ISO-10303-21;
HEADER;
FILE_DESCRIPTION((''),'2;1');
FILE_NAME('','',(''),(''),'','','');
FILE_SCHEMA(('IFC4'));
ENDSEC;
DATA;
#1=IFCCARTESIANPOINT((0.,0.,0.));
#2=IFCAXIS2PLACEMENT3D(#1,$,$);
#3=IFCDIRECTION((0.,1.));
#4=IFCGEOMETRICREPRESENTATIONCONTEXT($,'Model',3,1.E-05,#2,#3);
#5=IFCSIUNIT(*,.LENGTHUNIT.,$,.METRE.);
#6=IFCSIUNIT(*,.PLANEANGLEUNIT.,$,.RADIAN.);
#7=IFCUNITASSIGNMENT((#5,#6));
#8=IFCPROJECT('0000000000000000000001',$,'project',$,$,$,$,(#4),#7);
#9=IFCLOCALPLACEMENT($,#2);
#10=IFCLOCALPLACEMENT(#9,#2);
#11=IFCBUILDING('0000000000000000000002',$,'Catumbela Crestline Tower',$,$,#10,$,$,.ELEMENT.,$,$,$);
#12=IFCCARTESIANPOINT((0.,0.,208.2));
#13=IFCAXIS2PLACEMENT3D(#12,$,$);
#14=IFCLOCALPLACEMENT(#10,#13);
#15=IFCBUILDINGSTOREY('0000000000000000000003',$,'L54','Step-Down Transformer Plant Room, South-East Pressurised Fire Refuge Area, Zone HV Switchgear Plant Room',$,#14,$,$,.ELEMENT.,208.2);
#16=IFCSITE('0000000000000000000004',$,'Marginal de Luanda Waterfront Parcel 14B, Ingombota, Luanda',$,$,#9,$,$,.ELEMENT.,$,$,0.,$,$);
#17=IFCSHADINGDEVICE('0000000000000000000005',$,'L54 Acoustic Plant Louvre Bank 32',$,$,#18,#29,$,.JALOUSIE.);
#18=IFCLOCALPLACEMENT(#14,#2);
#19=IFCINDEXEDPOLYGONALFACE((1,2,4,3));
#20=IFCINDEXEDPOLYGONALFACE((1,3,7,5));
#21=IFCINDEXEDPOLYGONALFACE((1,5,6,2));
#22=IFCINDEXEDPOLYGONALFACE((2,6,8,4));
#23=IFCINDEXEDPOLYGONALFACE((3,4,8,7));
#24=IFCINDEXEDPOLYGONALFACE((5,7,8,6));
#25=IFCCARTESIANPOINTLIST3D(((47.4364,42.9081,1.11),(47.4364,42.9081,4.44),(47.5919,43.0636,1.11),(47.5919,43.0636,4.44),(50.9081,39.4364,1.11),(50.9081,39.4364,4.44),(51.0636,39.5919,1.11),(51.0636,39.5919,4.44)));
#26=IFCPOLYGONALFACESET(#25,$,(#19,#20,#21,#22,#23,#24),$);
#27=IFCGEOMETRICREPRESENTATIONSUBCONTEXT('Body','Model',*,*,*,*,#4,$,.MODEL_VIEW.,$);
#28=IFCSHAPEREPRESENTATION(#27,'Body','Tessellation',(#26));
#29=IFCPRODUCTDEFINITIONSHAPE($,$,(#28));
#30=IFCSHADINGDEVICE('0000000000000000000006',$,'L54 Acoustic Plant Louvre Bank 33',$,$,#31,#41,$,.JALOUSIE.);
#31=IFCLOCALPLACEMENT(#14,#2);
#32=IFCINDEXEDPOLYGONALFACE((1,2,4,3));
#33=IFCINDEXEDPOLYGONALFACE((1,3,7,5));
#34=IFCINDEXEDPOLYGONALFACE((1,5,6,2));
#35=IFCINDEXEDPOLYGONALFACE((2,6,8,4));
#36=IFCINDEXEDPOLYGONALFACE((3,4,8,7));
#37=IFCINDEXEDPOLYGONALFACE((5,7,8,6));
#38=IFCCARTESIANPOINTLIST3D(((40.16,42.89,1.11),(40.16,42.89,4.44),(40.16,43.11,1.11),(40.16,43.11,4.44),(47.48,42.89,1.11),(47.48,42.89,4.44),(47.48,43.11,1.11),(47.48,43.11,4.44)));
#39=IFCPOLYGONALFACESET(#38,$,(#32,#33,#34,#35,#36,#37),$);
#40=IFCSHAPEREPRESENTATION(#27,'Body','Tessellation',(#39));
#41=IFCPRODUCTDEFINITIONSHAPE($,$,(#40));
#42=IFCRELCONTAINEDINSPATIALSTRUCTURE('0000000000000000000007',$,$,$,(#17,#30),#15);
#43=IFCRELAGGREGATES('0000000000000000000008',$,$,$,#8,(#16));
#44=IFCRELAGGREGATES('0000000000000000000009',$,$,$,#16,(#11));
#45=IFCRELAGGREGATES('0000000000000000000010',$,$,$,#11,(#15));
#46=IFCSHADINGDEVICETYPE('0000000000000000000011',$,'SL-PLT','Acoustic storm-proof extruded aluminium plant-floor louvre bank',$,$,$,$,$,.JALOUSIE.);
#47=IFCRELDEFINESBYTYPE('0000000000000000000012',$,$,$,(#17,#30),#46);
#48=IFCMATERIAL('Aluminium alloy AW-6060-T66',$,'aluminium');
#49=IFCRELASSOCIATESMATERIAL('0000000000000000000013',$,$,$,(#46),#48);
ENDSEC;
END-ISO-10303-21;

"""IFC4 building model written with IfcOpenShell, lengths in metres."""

from ifc_helpers import new_model, si_unit, direction, frame, origin, origin_2d, place, context, subcontext, project, spatial, rectangle, extrude, material, type_object, element, save


model = new_model("IFC4")

# Units and contexts
model_context = context("Model", 3, precision=1e-05, world=origin(), true_north=direction((0.0, 1.0)))
body_context = subcontext(model_context, "Body", "Model", "MODEL_VIEW")
ifc_project = project(units=[si_unit("LENGTHUNIT", "METRE"), si_unit("PLANEANGLEUNIT", "RADIAN")], contexts=[model_context])

# Site, building, storey
site_placement = place(None, origin())
site = spatial("IfcSite", under=ifc_project, at=site_placement, Name="Marginal de Luanda Waterfront Parcel 14B, Ingombota, Luanda", CompositionType="ELEMENT", RefElevation=0.0)
building_placement = place(site_placement, origin())
building = spatial("IfcBuilding", under=site, at=building_placement, Name="Catumbela Crestline Tower", CompositionType="ELEMENT")
storey_placement = place(building_placement, frame((0.0, 0.0, 208.2)))
storey = spatial("IfcBuildingStorey", under=building, at=storey_placement, Name="L54", Description="Step-Down Transformer Plant Room, South-East Pressurised Fire Refuge Area, Zone HV Switchgear Plant Room", CompositionType="ELEMENT", Elevation=208.2)

# Shading devices
ifc_material_1 = material(Name="Aluminium alloy AW-6060-T66", Category="aluminium")
shading_device_type = type_object("IfcShadingDeviceType", Name="SL-PLT", Description="Acoustic storm-proof extruded aluminium plant-floor louvre bank", PredefinedType="JALOUSIE", material=ifc_material_1)
shading_device_1_placement = place(storey_placement, frame((49.25, 41.25, 1.11), z_axis=(0.0, 0.0, 1.0), x_axis=(-0.707107, 0.707107, 0.0)))
element("IfcShadingDevice", 1, at=shading_device_1_placement, inside=storey, type_object=shading_device_type, Name="L54 Acoustic Plant Louvre Bank 32", PredefinedType="JALOUSIE", context=body_context, shape_type="SweptSolid", body=[
    extrude(rectangle(XDim=4.9097, YDim=0.22, at=origin_2d()), origin(), (0.0, 0.0, 1.0), 3.33),
])
shading_device_2_placement = place(storey_placement, frame((43.82, 43.0, 1.11), z_axis=(0.0, 0.0, 1.0), x_axis=(-1.0, 0.0, 0.0)))
element("IfcShadingDevice", 2, at=shading_device_2_placement, inside=storey, type_object=shading_device_type, Name="L54 Acoustic Plant Louvre Bank 33", PredefinedType="JALOUSIE", context=body_context, shape_type="SweptSolid", body=[
    extrude(rectangle(XDim=7.32, YDim=0.22, at=origin_2d()), origin(), (0.0, 0.0, 1.0), 3.33),
])

save(model, "model.ifc")
